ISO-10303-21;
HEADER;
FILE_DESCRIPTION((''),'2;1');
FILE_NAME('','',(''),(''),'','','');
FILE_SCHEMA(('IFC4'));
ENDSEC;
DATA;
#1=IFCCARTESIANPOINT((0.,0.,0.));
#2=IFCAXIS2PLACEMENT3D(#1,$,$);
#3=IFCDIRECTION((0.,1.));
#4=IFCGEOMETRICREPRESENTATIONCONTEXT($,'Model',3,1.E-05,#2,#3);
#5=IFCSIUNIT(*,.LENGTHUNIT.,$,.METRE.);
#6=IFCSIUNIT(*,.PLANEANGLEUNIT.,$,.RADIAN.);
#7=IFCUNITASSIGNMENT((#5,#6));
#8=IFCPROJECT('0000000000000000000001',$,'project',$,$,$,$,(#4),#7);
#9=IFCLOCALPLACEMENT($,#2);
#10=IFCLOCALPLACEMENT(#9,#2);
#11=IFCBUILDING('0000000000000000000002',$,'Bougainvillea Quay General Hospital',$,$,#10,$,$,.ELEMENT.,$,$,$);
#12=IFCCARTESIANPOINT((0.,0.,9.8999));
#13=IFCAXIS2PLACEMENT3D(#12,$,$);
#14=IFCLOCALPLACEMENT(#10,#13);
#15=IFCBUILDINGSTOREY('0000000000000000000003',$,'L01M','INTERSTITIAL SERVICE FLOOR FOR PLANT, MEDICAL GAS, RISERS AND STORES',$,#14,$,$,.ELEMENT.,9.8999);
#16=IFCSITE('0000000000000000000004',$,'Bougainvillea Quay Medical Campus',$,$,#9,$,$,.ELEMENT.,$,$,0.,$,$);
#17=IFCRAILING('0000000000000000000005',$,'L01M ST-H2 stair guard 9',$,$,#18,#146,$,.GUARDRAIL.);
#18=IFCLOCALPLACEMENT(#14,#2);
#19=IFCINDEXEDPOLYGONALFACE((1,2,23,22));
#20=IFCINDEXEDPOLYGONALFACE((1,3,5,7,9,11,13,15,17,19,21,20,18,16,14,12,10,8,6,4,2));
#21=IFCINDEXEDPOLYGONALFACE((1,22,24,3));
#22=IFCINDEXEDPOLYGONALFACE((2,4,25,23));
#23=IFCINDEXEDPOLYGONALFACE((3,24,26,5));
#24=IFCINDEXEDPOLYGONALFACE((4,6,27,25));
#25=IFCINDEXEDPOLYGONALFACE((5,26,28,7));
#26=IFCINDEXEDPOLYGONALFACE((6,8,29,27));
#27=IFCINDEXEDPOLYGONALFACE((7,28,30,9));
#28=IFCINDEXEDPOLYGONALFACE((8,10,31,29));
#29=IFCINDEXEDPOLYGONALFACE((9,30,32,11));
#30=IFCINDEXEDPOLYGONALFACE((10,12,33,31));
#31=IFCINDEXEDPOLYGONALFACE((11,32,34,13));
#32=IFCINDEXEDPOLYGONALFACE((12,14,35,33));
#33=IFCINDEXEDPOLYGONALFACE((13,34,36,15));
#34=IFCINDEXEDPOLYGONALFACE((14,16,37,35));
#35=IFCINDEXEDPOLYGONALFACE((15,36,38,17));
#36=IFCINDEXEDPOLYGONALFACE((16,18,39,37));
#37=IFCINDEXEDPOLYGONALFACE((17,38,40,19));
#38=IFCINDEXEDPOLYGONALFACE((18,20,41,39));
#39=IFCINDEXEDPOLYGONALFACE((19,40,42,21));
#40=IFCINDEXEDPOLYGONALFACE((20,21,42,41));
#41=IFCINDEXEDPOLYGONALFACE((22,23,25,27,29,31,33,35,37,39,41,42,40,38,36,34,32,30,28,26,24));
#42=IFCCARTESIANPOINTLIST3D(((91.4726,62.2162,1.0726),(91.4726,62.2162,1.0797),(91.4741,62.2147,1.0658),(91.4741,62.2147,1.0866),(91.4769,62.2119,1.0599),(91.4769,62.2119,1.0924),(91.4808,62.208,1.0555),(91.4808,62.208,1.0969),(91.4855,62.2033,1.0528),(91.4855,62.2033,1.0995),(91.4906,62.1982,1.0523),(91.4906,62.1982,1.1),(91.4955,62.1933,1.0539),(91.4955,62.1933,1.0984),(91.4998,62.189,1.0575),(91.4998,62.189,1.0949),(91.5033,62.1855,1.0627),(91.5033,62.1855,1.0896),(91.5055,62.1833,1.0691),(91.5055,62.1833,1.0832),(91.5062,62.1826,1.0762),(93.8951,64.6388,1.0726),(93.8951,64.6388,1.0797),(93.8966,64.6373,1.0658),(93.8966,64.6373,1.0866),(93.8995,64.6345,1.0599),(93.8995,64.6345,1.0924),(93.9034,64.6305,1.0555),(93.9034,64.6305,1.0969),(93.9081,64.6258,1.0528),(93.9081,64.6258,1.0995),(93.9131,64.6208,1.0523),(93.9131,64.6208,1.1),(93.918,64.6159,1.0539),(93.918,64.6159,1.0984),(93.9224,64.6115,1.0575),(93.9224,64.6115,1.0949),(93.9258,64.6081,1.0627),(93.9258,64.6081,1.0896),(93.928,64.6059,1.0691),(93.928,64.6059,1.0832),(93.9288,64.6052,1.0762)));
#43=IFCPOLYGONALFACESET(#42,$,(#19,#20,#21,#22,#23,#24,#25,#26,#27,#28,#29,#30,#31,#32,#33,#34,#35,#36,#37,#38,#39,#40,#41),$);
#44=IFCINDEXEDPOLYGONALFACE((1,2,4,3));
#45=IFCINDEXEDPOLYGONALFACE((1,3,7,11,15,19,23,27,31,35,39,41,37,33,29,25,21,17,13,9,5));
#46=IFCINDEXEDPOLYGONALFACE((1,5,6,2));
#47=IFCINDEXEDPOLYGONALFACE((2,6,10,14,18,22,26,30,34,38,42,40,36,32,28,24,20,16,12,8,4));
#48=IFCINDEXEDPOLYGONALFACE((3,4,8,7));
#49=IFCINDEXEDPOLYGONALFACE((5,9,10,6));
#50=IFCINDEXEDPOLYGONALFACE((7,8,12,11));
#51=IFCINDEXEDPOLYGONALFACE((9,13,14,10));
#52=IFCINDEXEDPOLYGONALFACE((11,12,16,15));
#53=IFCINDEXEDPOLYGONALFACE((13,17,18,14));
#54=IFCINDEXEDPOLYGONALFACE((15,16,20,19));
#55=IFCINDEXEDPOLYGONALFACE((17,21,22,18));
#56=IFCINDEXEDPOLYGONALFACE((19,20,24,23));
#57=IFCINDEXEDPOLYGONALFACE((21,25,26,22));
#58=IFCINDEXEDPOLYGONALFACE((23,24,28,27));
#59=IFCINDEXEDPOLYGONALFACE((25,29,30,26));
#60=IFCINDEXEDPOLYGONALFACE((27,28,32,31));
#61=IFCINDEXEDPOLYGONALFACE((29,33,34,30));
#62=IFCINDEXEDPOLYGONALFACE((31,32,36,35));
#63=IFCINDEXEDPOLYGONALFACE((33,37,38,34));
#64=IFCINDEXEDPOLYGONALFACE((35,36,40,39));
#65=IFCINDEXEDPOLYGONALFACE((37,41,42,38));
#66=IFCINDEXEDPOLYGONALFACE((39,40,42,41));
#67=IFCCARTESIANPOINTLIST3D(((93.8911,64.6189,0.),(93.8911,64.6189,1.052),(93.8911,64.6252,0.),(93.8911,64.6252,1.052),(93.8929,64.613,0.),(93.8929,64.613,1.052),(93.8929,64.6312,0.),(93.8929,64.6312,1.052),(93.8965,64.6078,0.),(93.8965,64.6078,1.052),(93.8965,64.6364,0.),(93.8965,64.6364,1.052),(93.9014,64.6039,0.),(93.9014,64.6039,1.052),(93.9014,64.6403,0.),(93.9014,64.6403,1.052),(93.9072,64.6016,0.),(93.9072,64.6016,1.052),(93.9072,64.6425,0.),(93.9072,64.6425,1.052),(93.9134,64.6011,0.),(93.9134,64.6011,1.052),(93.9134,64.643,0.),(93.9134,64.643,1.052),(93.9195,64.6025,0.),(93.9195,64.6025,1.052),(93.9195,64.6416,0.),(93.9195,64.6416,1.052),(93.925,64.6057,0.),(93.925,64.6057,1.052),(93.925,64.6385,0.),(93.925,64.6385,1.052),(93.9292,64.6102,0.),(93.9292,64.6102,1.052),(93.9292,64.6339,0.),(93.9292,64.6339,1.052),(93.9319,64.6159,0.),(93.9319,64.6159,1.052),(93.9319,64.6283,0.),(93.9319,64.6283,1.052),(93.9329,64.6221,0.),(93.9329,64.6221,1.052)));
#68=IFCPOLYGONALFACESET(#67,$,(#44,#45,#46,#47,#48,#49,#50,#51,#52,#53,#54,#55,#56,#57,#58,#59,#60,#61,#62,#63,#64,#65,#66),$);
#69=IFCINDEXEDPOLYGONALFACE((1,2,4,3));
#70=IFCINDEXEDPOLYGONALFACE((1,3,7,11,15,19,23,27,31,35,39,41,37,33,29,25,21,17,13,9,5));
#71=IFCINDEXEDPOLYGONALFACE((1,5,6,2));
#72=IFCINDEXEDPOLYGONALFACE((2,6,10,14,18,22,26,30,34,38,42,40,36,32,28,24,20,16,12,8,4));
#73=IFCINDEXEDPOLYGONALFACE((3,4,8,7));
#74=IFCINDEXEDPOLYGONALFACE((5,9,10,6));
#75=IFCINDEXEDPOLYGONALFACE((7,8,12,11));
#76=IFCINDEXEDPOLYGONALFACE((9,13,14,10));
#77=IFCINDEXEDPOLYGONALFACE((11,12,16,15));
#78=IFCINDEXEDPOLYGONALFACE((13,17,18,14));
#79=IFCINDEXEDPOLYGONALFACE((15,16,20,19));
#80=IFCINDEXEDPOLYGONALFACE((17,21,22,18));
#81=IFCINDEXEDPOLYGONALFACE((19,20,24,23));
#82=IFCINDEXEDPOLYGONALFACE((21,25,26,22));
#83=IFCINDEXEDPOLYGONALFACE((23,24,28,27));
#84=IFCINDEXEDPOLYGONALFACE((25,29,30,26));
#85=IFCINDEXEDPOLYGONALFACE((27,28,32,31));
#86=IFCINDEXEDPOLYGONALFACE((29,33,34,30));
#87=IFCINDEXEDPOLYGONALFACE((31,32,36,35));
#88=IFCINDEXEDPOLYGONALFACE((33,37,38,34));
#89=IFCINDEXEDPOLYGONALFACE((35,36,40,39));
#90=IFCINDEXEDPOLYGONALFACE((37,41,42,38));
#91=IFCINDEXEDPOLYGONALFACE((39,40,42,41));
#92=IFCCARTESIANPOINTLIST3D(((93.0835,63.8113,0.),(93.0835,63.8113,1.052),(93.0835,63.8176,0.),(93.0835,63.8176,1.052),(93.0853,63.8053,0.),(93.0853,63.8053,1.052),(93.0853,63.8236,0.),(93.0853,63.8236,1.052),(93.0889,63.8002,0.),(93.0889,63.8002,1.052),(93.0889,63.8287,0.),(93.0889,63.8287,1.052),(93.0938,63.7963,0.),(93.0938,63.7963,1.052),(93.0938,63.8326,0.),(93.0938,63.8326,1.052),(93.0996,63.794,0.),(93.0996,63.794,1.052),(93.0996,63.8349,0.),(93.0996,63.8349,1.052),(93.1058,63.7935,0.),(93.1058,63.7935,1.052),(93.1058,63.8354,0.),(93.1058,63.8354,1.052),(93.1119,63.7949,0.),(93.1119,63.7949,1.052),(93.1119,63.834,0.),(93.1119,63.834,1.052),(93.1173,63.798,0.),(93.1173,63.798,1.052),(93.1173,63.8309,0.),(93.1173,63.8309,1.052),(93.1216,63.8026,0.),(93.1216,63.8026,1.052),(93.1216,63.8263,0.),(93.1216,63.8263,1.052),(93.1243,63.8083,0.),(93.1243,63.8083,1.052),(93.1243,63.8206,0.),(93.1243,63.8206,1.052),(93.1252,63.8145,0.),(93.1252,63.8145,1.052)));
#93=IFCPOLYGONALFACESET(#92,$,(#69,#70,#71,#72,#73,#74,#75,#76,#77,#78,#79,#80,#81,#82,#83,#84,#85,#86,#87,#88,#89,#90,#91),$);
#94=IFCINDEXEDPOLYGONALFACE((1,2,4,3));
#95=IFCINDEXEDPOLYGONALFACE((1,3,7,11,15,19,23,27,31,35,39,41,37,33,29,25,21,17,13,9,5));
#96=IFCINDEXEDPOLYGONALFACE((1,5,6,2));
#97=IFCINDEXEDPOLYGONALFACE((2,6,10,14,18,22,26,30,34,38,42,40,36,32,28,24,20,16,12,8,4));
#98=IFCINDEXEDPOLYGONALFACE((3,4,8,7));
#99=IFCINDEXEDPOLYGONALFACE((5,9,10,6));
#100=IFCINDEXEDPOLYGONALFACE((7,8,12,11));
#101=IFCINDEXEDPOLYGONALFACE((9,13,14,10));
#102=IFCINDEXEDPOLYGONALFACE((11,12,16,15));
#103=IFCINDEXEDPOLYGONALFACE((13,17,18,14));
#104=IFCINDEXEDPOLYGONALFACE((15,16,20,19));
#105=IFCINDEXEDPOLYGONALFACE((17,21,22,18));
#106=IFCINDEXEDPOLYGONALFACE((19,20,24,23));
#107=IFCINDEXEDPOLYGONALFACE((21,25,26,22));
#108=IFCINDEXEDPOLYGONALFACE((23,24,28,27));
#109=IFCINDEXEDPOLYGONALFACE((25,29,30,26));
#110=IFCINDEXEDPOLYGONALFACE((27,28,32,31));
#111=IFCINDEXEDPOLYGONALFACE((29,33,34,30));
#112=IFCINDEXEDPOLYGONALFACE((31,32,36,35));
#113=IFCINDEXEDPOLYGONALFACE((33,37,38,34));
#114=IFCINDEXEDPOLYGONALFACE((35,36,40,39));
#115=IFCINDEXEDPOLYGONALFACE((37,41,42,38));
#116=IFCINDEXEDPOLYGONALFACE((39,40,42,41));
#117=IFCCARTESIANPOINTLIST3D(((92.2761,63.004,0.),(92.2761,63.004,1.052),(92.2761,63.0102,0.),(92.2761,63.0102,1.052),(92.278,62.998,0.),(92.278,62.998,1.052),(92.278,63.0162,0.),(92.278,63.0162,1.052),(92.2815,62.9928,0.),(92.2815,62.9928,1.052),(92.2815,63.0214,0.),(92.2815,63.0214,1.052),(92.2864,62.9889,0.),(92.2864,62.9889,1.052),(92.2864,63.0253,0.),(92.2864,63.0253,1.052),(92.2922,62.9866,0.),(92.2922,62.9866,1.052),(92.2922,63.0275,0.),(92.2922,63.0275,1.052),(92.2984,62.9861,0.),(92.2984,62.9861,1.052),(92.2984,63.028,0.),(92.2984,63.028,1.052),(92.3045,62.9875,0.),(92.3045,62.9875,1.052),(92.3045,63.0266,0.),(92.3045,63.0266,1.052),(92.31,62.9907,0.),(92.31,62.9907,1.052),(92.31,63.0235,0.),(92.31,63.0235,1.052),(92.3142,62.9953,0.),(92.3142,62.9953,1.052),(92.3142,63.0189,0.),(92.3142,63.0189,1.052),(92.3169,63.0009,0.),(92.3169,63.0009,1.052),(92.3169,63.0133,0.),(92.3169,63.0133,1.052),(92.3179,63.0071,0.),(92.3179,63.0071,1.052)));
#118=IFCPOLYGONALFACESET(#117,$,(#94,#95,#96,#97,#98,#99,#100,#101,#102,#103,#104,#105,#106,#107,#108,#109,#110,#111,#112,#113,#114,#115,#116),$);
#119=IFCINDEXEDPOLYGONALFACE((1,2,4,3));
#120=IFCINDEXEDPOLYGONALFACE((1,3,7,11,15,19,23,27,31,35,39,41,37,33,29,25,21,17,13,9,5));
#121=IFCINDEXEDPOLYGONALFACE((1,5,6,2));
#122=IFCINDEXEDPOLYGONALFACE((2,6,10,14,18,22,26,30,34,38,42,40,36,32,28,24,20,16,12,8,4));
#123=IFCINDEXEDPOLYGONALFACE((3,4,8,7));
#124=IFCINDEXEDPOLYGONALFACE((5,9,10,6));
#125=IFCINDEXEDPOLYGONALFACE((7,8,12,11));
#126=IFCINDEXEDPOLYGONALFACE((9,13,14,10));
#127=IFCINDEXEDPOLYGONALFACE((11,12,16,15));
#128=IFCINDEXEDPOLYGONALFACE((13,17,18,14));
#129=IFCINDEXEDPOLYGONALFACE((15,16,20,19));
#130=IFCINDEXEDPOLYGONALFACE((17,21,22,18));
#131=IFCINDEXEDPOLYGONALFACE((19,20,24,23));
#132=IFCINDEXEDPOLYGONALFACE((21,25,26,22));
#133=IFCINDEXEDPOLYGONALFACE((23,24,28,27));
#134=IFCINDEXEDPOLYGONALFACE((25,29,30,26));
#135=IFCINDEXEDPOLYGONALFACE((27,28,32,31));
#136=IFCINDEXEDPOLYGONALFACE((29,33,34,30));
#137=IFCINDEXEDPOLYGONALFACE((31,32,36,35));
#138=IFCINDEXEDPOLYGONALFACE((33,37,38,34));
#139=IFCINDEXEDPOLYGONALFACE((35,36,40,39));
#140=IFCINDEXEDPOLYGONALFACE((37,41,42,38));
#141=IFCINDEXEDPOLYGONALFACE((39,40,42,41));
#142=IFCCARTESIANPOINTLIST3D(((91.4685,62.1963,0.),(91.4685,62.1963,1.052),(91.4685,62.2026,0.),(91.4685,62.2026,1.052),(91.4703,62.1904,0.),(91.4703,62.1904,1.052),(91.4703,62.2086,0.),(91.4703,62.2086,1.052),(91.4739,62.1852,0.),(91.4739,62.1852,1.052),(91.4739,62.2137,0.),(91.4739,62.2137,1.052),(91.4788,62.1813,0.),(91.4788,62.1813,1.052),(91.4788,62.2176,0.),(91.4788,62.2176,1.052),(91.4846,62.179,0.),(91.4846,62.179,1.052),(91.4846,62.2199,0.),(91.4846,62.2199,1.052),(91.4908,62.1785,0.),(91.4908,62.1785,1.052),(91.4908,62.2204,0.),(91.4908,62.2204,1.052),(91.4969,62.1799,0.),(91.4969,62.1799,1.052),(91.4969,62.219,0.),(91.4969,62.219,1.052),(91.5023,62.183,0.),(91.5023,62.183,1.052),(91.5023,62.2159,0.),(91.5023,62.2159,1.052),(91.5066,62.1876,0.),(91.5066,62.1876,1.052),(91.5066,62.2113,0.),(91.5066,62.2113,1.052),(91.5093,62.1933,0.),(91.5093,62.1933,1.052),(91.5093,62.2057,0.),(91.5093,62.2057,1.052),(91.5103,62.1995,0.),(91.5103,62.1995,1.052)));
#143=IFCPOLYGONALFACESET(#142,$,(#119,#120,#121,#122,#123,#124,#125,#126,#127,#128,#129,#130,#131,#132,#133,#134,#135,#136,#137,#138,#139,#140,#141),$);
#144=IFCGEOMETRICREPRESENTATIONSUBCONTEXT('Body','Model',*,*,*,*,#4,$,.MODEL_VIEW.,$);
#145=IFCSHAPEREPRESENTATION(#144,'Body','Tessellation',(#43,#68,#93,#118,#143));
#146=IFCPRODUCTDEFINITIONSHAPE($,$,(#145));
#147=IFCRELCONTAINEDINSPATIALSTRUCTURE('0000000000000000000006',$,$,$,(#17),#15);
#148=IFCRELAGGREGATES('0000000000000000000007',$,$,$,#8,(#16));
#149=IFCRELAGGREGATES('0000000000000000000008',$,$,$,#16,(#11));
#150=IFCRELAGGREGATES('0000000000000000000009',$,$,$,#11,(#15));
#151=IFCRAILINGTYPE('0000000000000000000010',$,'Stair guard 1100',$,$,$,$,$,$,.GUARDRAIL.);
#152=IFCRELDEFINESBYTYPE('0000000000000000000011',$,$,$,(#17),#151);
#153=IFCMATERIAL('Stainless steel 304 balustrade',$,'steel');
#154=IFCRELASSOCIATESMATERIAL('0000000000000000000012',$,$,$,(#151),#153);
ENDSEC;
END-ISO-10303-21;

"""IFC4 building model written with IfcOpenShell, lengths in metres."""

from ifc_helpers import new_model, si_unit, direction, frame, origin, origin_2d, place, context, subcontext, project, spatial, circle, extrude, material, type_object, element, save


model = new_model("IFC4")

# Units and contexts
model_context = context("Model", 3, precision=1e-05, world=origin(), true_north=direction((0.0, 1.0)))
body_context = subcontext(model_context, "Body", "Model", "MODEL_VIEW")
ifc_project = project(units=[si_unit("LENGTHUNIT", "METRE"), si_unit("PLANEANGLEUNIT", "RADIAN")], contexts=[model_context])

# Site, building, storey
site_placement = place(None, origin())
site = spatial("IfcSite", under=ifc_project, at=site_placement, Name="Bougainvillea Quay Medical Campus", CompositionType="ELEMENT", RefElevation=0.0)
building_placement = place(site_placement, origin())
building = spatial("IfcBuilding", under=site, at=building_placement, Name="Bougainvillea Quay General Hospital", CompositionType="ELEMENT")
storey_placement = place(building_placement, frame((0.0, 0.0, 9.8999)))
storey = spatial("IfcBuildingStorey", under=building, at=storey_placement, Name="L01M", Description="INTERSTITIAL SERVICE FLOOR FOR PLANT, MEDICAL GAS, RISERS AND STORES", CompositionType="ELEMENT", Elevation=9.8999)

# Railing
ifc_material_1 = material(Name="Stainless steel 304 balustrade", Category="steel")
railing_type = type_object("IfcRailingType", Name="Stair guard 1100", PredefinedType="GUARDRAIL", material=ifc_material_1)
railing_1_placement = place(storey_placement, frame((93.9119, 64.6221, 0.0)))
element("IfcRailing", 1, at=railing_1_placement, inside=storey, type_object=railing_type, Name="L01M ST-H2 stair guard 9", PredefinedType="GUARDRAIL", context=body_context, shape_type="SweptSolid", body=[
    extrude(circle(Radius=0.0239, at=origin_2d()), frame((0.0, 0.0, 1.0762), z_axis=(-0.707107, -0.707107, 0.0), x_axis=(0.707107, -0.707107, 0.0)), (0.0, 0.0, 1.0), 3.426),
    extrude(circle(Radius=0.021, at=origin_2d()), origin(), (0.0, 0.0, 1.0), 1.052),
    extrude(circle(Radius=0.021, at=origin_2d()), frame((-0.8076, -0.8076, 0.0)), (0.0, 0.0, 1.0), 1.052),
    extrude(circle(Radius=0.021, at=origin_2d()), frame((-1.615, -1.615, 0.0)), (0.0, 0.0, 1.0), 1.052),
    extrude(circle(Radius=0.021, at=origin_2d()), frame((-2.4226, -2.4226, 0.0)), (0.0, 0.0, 1.0), 1.052),
])

save(model, "model.ifc")
